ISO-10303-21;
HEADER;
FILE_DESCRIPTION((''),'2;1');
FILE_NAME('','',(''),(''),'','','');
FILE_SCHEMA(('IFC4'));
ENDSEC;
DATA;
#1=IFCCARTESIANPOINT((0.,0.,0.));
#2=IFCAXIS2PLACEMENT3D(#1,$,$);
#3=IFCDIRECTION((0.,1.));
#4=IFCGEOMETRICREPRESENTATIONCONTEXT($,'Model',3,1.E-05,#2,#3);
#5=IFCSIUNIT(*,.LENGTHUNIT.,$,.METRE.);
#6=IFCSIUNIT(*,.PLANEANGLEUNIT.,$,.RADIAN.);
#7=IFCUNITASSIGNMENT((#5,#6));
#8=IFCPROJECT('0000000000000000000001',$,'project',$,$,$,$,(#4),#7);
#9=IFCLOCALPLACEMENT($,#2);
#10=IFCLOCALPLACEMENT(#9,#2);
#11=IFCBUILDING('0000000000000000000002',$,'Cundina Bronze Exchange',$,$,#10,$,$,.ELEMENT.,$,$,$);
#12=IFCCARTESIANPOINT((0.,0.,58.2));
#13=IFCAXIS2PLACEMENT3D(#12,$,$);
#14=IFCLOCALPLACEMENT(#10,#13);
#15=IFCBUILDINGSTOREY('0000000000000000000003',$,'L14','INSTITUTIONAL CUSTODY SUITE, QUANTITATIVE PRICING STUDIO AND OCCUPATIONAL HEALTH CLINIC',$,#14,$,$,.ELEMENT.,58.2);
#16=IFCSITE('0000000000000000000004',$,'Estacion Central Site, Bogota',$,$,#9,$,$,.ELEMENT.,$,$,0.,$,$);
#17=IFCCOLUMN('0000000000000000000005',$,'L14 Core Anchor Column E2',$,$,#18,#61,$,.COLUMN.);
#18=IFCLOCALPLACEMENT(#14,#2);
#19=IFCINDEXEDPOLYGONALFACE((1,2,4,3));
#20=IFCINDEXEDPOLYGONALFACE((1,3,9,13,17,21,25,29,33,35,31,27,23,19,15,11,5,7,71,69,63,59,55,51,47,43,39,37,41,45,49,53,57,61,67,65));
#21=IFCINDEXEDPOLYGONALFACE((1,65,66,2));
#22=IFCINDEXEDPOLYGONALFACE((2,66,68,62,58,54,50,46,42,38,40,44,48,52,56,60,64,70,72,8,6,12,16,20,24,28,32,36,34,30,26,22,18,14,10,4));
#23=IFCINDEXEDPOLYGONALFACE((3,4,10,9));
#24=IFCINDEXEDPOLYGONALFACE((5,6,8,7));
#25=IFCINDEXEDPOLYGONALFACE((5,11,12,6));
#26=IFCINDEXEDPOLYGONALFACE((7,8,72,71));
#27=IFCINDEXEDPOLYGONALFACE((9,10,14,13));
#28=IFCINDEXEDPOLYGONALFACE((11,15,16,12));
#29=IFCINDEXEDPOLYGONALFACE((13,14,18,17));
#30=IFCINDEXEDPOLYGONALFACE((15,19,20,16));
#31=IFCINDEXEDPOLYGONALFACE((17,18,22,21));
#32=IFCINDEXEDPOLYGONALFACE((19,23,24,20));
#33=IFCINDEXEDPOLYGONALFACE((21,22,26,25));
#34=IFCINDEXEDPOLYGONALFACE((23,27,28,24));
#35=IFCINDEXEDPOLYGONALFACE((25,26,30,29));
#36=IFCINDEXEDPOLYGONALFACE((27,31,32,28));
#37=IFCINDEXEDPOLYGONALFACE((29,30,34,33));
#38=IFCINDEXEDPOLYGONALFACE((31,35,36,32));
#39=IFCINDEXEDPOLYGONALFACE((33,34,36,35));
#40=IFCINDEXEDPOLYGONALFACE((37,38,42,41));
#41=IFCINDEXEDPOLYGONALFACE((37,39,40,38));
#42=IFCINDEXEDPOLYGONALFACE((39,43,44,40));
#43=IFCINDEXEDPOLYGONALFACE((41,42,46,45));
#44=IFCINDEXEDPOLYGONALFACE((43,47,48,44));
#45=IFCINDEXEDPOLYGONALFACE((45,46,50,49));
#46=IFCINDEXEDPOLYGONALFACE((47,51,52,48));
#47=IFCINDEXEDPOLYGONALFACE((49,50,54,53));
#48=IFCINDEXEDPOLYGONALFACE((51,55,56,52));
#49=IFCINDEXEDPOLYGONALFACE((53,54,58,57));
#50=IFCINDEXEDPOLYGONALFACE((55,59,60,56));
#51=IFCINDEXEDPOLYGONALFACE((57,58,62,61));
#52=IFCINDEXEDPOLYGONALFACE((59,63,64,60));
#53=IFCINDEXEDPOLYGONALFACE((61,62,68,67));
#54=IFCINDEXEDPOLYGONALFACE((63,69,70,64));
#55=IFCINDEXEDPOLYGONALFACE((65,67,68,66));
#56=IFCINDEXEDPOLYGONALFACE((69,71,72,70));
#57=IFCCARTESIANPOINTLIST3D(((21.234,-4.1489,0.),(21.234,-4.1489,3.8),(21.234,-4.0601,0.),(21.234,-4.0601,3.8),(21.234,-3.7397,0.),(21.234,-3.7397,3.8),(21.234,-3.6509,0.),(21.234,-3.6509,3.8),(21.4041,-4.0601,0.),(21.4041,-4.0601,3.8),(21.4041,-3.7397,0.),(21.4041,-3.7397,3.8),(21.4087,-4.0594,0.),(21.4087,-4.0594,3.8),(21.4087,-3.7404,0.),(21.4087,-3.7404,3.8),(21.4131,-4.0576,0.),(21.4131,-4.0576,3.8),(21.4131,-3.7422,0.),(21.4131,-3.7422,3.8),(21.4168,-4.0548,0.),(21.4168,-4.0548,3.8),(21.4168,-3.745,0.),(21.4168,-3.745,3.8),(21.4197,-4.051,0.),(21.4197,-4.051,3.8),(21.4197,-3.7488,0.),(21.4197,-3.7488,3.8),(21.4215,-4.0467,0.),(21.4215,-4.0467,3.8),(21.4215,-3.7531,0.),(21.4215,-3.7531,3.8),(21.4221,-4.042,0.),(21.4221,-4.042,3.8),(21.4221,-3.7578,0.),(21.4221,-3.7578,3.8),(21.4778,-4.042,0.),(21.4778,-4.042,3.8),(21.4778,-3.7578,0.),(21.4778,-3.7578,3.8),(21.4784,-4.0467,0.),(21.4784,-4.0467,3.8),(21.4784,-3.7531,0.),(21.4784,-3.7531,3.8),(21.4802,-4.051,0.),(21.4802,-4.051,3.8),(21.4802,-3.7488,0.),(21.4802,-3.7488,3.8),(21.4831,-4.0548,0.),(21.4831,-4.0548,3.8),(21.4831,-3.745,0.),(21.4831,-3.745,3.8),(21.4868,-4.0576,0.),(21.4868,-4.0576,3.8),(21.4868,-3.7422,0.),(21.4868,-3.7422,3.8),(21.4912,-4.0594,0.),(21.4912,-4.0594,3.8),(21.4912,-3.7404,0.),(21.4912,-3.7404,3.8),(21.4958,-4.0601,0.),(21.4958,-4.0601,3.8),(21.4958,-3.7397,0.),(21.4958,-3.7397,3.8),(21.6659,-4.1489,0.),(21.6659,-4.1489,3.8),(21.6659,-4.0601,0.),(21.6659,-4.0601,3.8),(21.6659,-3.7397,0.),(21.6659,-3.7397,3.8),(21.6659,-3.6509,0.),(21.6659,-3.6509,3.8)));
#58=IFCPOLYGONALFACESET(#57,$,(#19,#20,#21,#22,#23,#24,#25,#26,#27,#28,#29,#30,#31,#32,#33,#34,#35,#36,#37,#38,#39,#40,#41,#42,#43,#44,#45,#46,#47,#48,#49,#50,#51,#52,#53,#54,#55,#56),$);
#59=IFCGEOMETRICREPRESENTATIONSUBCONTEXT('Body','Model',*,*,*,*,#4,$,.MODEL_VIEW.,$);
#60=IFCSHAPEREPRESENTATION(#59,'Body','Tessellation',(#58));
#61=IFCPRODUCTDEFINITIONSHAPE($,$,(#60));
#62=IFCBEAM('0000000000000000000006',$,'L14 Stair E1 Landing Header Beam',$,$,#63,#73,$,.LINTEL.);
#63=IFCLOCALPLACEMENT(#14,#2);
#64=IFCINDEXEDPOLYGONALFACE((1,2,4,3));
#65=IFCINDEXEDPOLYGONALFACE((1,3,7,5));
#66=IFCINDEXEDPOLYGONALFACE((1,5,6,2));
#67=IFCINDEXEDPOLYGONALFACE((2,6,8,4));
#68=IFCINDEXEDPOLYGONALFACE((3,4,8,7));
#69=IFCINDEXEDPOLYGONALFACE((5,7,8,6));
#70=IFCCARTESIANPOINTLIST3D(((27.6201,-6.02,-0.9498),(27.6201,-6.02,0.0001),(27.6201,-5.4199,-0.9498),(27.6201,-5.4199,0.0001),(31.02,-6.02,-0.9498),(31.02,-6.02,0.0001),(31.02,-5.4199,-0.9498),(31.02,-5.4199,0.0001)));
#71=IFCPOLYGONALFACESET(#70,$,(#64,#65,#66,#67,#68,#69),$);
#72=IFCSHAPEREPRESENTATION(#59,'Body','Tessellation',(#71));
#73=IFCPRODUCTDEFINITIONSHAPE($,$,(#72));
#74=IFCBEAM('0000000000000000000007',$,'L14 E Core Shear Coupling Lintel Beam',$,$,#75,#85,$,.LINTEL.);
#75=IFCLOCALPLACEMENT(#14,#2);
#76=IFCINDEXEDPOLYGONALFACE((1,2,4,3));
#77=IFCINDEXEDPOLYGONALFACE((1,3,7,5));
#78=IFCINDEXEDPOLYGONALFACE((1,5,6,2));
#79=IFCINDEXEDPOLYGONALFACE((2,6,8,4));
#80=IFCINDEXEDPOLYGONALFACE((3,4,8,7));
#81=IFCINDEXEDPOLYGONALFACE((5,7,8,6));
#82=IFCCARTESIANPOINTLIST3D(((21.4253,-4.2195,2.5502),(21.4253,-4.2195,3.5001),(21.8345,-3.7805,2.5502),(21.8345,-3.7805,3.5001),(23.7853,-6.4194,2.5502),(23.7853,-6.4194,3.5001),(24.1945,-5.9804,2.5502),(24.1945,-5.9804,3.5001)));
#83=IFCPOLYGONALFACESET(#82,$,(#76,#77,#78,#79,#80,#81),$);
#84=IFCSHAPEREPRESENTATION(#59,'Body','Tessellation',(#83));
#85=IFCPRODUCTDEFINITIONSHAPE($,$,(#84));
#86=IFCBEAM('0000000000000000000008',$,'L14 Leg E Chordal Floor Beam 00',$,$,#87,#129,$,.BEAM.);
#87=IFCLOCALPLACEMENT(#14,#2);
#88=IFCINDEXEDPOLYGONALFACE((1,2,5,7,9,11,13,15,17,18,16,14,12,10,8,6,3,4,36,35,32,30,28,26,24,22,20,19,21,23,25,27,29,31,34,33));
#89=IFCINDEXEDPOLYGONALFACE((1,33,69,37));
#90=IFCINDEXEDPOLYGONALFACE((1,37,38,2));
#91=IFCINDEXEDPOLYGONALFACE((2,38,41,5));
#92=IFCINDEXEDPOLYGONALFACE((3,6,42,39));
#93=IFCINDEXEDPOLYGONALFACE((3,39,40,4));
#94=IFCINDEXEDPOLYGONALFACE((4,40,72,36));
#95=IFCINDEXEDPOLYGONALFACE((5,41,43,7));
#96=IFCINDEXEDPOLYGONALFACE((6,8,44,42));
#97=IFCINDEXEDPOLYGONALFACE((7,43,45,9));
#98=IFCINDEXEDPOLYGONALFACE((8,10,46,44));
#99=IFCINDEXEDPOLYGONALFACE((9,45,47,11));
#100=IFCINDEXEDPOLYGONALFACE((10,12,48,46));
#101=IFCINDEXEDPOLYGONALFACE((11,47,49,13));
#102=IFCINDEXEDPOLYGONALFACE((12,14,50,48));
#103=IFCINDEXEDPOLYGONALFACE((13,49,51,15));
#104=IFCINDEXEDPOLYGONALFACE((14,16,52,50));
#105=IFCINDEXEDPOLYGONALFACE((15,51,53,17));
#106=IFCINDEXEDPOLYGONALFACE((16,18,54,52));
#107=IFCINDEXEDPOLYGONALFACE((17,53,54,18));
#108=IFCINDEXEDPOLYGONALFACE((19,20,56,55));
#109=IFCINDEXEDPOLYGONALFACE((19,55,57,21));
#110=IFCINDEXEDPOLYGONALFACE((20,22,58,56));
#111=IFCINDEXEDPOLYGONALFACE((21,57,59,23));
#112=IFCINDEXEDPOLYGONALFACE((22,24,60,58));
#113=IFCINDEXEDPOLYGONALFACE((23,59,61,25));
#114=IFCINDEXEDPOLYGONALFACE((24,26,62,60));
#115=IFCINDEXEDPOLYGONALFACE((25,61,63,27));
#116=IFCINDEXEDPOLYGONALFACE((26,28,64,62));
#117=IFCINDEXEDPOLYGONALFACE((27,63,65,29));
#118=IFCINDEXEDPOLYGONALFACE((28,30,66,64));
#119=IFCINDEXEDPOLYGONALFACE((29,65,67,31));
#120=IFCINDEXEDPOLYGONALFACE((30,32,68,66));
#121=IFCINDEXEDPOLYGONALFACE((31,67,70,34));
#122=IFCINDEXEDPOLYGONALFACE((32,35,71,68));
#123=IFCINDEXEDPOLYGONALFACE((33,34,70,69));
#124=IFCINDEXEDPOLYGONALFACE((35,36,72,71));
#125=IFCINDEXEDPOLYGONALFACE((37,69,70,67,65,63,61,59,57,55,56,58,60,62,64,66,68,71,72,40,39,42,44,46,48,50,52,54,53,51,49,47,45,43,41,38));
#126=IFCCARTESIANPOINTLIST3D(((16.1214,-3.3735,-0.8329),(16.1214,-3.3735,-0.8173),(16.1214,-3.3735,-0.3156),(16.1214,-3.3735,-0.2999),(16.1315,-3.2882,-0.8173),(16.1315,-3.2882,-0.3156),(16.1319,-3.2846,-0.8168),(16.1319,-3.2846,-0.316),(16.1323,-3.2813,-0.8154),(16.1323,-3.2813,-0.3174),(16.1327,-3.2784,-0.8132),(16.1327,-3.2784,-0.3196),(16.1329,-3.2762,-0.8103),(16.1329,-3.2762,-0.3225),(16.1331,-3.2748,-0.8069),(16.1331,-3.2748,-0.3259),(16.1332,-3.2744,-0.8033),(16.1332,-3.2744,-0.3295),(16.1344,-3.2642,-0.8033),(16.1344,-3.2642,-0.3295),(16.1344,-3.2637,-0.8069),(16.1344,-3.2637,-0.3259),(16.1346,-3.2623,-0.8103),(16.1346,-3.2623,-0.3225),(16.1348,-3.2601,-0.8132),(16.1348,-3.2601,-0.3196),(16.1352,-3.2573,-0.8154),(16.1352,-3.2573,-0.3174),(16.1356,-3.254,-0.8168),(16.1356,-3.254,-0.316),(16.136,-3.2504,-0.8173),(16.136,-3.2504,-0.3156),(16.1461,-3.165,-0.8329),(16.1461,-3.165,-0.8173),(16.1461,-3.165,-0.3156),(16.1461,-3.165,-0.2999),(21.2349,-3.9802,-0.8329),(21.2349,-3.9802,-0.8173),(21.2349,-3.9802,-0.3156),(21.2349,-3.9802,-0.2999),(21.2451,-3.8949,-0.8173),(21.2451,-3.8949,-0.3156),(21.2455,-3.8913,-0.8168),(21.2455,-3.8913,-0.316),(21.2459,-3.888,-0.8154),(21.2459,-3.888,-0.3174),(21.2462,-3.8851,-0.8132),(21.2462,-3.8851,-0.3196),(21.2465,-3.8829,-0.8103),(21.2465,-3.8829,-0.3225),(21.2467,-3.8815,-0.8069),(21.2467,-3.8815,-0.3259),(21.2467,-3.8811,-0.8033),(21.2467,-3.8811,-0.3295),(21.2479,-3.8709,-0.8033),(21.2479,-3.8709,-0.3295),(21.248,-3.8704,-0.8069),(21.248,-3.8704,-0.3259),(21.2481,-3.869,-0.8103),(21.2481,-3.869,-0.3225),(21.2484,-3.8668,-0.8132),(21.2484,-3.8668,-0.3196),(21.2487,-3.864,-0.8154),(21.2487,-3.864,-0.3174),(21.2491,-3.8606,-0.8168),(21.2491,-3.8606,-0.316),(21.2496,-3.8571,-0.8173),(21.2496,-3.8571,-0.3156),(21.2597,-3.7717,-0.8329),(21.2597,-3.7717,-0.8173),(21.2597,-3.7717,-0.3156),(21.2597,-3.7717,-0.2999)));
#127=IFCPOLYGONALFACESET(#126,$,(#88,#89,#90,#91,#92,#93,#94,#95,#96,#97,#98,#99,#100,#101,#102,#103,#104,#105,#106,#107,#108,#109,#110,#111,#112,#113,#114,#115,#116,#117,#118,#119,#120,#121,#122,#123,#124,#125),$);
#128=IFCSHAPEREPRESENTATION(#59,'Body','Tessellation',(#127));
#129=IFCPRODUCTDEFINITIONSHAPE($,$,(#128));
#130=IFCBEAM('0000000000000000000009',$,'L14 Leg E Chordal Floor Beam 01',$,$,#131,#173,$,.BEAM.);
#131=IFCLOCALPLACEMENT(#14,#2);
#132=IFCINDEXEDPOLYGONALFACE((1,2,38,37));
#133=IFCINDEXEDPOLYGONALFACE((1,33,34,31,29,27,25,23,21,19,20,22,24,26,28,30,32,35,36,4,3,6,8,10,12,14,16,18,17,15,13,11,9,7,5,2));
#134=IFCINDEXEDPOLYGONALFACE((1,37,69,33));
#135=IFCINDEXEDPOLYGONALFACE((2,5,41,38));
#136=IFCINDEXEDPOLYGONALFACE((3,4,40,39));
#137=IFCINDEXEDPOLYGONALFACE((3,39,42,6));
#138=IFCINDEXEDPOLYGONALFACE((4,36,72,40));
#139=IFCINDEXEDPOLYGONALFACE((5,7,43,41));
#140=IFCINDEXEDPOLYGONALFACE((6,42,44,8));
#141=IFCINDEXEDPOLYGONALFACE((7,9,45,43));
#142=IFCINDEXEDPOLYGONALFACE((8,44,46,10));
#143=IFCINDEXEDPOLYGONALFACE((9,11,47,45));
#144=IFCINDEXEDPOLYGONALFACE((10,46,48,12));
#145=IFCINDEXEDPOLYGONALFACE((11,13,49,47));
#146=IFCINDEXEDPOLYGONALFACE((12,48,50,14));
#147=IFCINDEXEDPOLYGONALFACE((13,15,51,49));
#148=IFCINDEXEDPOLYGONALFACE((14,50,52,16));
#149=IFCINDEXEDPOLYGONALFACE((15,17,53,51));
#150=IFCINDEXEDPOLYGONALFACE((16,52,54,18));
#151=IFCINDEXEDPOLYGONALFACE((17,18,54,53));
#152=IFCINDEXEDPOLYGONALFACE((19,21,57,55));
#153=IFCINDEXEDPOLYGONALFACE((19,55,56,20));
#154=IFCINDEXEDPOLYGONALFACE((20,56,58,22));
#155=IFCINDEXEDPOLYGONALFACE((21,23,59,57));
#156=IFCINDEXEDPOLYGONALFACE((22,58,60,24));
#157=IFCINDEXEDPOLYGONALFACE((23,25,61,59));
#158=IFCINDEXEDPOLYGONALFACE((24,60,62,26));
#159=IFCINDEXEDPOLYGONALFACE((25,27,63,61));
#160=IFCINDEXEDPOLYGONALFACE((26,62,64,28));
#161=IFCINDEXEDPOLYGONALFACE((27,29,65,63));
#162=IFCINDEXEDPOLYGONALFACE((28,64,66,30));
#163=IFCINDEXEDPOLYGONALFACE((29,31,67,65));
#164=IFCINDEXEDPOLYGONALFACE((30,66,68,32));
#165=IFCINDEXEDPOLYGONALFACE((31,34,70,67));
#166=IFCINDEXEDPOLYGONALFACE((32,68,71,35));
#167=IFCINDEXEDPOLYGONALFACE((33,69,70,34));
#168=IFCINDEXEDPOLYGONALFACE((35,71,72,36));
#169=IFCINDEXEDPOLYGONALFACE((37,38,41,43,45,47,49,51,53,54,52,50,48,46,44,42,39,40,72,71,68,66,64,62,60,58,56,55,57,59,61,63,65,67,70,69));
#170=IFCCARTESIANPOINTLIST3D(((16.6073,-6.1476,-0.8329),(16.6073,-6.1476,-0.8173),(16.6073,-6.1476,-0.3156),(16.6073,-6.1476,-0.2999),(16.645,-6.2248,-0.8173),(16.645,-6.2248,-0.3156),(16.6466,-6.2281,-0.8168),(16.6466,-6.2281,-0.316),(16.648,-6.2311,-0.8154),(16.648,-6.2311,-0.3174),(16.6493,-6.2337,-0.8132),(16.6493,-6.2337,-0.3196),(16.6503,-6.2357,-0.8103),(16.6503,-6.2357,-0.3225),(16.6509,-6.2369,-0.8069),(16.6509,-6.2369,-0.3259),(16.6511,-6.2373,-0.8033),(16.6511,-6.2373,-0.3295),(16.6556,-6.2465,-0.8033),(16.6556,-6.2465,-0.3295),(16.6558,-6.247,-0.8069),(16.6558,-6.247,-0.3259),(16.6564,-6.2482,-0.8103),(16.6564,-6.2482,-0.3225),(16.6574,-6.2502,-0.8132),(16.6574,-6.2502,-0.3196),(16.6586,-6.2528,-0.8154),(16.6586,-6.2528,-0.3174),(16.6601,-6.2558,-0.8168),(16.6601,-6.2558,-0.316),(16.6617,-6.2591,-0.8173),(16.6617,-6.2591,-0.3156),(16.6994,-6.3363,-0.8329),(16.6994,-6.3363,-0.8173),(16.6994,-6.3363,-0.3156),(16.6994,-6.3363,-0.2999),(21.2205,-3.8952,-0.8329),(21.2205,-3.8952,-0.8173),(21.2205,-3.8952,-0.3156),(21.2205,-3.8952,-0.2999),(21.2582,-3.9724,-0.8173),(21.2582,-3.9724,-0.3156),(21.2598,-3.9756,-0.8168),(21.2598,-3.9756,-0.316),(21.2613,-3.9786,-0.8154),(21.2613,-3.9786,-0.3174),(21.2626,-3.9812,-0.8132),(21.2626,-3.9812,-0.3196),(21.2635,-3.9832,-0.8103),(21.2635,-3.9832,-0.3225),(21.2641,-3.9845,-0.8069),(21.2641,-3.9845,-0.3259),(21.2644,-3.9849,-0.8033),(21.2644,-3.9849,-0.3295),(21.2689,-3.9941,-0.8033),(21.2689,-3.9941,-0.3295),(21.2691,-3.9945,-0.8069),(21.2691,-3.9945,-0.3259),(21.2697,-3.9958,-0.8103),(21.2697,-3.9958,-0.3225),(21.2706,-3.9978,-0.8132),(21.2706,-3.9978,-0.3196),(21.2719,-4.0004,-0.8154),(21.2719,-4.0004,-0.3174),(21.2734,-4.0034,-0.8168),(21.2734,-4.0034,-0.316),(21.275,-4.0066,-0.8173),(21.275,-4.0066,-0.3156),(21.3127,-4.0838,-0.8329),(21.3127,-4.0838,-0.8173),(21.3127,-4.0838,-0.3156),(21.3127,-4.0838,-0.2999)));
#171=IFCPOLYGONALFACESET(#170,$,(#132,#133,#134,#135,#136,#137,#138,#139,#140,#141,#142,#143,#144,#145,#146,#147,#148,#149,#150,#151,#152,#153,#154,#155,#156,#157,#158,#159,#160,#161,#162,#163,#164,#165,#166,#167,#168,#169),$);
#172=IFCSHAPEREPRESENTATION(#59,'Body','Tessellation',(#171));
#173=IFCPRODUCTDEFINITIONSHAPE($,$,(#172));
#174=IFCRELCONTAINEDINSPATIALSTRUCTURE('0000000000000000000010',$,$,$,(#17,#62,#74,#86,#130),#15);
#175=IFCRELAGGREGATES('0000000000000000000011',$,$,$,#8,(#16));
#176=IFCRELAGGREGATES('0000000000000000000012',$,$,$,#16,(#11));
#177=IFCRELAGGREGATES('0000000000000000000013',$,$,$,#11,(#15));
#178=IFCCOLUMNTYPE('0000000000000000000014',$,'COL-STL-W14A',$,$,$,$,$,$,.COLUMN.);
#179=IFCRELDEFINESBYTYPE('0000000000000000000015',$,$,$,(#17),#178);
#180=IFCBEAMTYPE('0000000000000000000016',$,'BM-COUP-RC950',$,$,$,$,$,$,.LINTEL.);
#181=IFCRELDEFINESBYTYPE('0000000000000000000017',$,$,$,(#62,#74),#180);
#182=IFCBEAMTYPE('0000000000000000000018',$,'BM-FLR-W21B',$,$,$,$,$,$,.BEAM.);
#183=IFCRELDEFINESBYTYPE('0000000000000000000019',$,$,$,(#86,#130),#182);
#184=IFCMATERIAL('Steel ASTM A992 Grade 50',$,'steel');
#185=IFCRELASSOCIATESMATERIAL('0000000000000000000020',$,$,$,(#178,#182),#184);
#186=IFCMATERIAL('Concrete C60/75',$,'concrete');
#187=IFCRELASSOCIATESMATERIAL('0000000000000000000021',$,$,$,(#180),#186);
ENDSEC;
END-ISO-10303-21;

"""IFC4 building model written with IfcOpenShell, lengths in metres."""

from ifc_helpers import new_model, si_unit, direction, frame, origin, origin_2d, place, context, subcontext, project, spatial, rectangle, i_section, extrude, material, material_profile, profile_set, type_object, element, save


model = new_model("IFC4")

# Units and contexts
model_context = context("Model", 3, precision=1e-05, world=origin(), true_north=direction((0.0, 1.0)))
body_context = subcontext(model_context, "Body", "Model", "MODEL_VIEW")
ifc_project = project(units=[si_unit("LENGTHUNIT", "METRE"), si_unit("PLANEANGLEUNIT", "RADIAN")], contexts=[model_context])

# Site, building, storey
site_placement = place(None, origin())
site = spatial("IfcSite", under=ifc_project, at=site_placement, Name="Estacion Central Site, Bogota", CompositionType="ELEMENT", RefElevation=0.0)
building_placement = place(site_placement, origin())
building = spatial("IfcBuilding", under=site, at=building_placement, Name="Cundina Bronze Exchange", CompositionType="ELEMENT")
storey_placement = place(building_placement, frame((0.0, 0.0, 58.2)))
storey = spatial("IfcBuildingStorey", under=building, at=storey_placement, Name="L14", Description="INSTITUTIONAL CUSTODY SUITE, QUANTITATIVE PRICING STUDIO AND OCCUPATIONAL HEALTH CLINIC", CompositionType="ELEMENT", Elevation=58.2)

# Column
ifc_material_1 = material(Name="Steel ASTM A992 Grade 50", Category="steel")
ifc_material_profile_1 = material_profile(ifc_material_1, i_section(OverallWidth=0.4319, OverallDepth=0.498, WebThickness=0.0557, FlangeThickness=0.0889, FilletRadius=0.0181, at=origin_2d()), Name="W14X500", Category="steel")
ifc_profile_set_1 = profile_set([ifc_material_profile_1], Name="Steel ASTM A992 Grade 50")
column_type = type_object("IfcColumnType", Name="COL-STL-W14A", PredefinedType="COLUMN", material=ifc_profile_set_1)
column_placement = place(storey_placement, frame((21.45, -3.8999, 0.0), z_axis=(0.0, 0.0, 1.0), x_axis=(1.0, 0.0, 0.0)))
element("IfcColumn", 1, at=column_placement, inside=storey, type_object=column_type, Name="L14 Core Anchor Column E2", PredefinedType="COLUMN", context=body_context, shape_type="SweptSolid", body=[
    extrude(i_section(OverallWidth=0.4319, OverallDepth=0.498, WebThickness=0.0557, FlangeThickness=0.0889, FilletRadius=0.0181, at=origin_2d()), origin(), (0.0, 0.0, 1.0), 3.8),
])

# Beams
ifc_material_2 = material(Name="Concrete C60/75", Category="concrete")
ifc_material_profile_2 = material_profile(ifc_material_2, rectangle(XDim=0.6001, YDim=0.95, at=origin_2d()), Name="RC600X950", Category="concrete")
ifc_profile_set_2 = profile_set([ifc_material_profile_2], Name="Concrete C60/75")
beam_type_1 = type_object("IfcBeamType", Name="BM-COUP-RC950", PredefinedType="LINTEL", material=ifc_profile_set_2)
beam_1_placement = place(storey_placement, frame((27.6201, -5.72, -0.4749), z_axis=(1.0, 0.0, 0.0), x_axis=(0.0, 1.0, 0.0)))
element("IfcBeam", 2, at=beam_1_placement, inside=storey, type_object=beam_type_1, Name="L14 Stair E1 Landing Header Beam", PredefinedType="LINTEL", context=body_context, shape_type="SweptSolid", body=[
    extrude(rectangle(XDim=0.6001, YDim=0.95, at=origin_2d()), origin(), (0.0, 0.0, 1.0), 3.3999),
])
beam_2_placement = place(storey_placement, frame((21.6299, -4.0, 3.0251), z_axis=(0.73149, -0.681852, 0.0), x_axis=(0.681852, 0.73149, 0.0)))
element("IfcBeam", 3, at=beam_2_placement, inside=storey, type_object=beam_type_1, Name="L14 E Core Shear Coupling Lintel Beam", PredefinedType="LINTEL", context=body_context, shape_type="SweptSolid", body=[
    extrude(rectangle(XDim=0.6001, YDim=0.95, at=origin_2d()), origin(), (0.0, 0.0, 1.0), 3.2263),
])
ifc_material_profile_3 = material_profile(ifc_material_1, i_section(OverallWidth=0.21, OverallDepth=0.533, WebThickness=0.0103, FlangeThickness=0.0156, FilletRadius=0.0139, at=origin_2d()), Name="W21X62", Category="steel")
ifc_profile_set_3 = profile_set([ifc_material_profile_3], Name="Steel ASTM A992 Grade 50")
beam_type_2 = type_object("IfcBeamType", Name="BM-FLR-W21B", PredefinedType="BEAM", material=ifc_profile_set_3)
beam_3_placement = place(storey_placement, frame((21.2473, -3.876, -0.5664), z_axis=(-0.993035, 0.117818, 0.0), x_axis=(-0.117818, -0.993035, 0.0)))
element("IfcBeam", 4, at=beam_3_placement, inside=storey, type_object=beam_type_2, Name="L14 Leg E Chordal Floor Beam 00", PredefinedType="BEAM", context=body_context, shape_type="SweptSolid", body=[
    extrude(i_section(OverallWidth=0.21, OverallDepth=0.533, WebThickness=0.0103, FlangeThickness=0.0156, FilletRadius=0.0139, at=origin_2d()), origin(), (0.0, 0.0, 1.0), 5.1494),
])
beam_4_placement = place(storey_placement, frame((21.2666, -3.9895, -0.5664), z_axis=(-0.89861, -0.438748, 0.0), x_axis=(0.438748, -0.89861, 0.0)))
element("IfcBeam", 5, at=beam_4_placement, inside=storey, type_object=beam_type_2, Name="L14 Leg E Chordal Floor Beam 01", PredefinedType="BEAM", context=body_context, shape_type="SweptSolid", body=[
    extrude(i_section(OverallWidth=0.21, OverallDepth=0.533, WebThickness=0.0103, FlangeThickness=0.0156, FilletRadius=0.0139, at=origin_2d()), origin(), (0.0, 0.0, 1.0), 5.1338),
])

save(model, "model.ifc")
